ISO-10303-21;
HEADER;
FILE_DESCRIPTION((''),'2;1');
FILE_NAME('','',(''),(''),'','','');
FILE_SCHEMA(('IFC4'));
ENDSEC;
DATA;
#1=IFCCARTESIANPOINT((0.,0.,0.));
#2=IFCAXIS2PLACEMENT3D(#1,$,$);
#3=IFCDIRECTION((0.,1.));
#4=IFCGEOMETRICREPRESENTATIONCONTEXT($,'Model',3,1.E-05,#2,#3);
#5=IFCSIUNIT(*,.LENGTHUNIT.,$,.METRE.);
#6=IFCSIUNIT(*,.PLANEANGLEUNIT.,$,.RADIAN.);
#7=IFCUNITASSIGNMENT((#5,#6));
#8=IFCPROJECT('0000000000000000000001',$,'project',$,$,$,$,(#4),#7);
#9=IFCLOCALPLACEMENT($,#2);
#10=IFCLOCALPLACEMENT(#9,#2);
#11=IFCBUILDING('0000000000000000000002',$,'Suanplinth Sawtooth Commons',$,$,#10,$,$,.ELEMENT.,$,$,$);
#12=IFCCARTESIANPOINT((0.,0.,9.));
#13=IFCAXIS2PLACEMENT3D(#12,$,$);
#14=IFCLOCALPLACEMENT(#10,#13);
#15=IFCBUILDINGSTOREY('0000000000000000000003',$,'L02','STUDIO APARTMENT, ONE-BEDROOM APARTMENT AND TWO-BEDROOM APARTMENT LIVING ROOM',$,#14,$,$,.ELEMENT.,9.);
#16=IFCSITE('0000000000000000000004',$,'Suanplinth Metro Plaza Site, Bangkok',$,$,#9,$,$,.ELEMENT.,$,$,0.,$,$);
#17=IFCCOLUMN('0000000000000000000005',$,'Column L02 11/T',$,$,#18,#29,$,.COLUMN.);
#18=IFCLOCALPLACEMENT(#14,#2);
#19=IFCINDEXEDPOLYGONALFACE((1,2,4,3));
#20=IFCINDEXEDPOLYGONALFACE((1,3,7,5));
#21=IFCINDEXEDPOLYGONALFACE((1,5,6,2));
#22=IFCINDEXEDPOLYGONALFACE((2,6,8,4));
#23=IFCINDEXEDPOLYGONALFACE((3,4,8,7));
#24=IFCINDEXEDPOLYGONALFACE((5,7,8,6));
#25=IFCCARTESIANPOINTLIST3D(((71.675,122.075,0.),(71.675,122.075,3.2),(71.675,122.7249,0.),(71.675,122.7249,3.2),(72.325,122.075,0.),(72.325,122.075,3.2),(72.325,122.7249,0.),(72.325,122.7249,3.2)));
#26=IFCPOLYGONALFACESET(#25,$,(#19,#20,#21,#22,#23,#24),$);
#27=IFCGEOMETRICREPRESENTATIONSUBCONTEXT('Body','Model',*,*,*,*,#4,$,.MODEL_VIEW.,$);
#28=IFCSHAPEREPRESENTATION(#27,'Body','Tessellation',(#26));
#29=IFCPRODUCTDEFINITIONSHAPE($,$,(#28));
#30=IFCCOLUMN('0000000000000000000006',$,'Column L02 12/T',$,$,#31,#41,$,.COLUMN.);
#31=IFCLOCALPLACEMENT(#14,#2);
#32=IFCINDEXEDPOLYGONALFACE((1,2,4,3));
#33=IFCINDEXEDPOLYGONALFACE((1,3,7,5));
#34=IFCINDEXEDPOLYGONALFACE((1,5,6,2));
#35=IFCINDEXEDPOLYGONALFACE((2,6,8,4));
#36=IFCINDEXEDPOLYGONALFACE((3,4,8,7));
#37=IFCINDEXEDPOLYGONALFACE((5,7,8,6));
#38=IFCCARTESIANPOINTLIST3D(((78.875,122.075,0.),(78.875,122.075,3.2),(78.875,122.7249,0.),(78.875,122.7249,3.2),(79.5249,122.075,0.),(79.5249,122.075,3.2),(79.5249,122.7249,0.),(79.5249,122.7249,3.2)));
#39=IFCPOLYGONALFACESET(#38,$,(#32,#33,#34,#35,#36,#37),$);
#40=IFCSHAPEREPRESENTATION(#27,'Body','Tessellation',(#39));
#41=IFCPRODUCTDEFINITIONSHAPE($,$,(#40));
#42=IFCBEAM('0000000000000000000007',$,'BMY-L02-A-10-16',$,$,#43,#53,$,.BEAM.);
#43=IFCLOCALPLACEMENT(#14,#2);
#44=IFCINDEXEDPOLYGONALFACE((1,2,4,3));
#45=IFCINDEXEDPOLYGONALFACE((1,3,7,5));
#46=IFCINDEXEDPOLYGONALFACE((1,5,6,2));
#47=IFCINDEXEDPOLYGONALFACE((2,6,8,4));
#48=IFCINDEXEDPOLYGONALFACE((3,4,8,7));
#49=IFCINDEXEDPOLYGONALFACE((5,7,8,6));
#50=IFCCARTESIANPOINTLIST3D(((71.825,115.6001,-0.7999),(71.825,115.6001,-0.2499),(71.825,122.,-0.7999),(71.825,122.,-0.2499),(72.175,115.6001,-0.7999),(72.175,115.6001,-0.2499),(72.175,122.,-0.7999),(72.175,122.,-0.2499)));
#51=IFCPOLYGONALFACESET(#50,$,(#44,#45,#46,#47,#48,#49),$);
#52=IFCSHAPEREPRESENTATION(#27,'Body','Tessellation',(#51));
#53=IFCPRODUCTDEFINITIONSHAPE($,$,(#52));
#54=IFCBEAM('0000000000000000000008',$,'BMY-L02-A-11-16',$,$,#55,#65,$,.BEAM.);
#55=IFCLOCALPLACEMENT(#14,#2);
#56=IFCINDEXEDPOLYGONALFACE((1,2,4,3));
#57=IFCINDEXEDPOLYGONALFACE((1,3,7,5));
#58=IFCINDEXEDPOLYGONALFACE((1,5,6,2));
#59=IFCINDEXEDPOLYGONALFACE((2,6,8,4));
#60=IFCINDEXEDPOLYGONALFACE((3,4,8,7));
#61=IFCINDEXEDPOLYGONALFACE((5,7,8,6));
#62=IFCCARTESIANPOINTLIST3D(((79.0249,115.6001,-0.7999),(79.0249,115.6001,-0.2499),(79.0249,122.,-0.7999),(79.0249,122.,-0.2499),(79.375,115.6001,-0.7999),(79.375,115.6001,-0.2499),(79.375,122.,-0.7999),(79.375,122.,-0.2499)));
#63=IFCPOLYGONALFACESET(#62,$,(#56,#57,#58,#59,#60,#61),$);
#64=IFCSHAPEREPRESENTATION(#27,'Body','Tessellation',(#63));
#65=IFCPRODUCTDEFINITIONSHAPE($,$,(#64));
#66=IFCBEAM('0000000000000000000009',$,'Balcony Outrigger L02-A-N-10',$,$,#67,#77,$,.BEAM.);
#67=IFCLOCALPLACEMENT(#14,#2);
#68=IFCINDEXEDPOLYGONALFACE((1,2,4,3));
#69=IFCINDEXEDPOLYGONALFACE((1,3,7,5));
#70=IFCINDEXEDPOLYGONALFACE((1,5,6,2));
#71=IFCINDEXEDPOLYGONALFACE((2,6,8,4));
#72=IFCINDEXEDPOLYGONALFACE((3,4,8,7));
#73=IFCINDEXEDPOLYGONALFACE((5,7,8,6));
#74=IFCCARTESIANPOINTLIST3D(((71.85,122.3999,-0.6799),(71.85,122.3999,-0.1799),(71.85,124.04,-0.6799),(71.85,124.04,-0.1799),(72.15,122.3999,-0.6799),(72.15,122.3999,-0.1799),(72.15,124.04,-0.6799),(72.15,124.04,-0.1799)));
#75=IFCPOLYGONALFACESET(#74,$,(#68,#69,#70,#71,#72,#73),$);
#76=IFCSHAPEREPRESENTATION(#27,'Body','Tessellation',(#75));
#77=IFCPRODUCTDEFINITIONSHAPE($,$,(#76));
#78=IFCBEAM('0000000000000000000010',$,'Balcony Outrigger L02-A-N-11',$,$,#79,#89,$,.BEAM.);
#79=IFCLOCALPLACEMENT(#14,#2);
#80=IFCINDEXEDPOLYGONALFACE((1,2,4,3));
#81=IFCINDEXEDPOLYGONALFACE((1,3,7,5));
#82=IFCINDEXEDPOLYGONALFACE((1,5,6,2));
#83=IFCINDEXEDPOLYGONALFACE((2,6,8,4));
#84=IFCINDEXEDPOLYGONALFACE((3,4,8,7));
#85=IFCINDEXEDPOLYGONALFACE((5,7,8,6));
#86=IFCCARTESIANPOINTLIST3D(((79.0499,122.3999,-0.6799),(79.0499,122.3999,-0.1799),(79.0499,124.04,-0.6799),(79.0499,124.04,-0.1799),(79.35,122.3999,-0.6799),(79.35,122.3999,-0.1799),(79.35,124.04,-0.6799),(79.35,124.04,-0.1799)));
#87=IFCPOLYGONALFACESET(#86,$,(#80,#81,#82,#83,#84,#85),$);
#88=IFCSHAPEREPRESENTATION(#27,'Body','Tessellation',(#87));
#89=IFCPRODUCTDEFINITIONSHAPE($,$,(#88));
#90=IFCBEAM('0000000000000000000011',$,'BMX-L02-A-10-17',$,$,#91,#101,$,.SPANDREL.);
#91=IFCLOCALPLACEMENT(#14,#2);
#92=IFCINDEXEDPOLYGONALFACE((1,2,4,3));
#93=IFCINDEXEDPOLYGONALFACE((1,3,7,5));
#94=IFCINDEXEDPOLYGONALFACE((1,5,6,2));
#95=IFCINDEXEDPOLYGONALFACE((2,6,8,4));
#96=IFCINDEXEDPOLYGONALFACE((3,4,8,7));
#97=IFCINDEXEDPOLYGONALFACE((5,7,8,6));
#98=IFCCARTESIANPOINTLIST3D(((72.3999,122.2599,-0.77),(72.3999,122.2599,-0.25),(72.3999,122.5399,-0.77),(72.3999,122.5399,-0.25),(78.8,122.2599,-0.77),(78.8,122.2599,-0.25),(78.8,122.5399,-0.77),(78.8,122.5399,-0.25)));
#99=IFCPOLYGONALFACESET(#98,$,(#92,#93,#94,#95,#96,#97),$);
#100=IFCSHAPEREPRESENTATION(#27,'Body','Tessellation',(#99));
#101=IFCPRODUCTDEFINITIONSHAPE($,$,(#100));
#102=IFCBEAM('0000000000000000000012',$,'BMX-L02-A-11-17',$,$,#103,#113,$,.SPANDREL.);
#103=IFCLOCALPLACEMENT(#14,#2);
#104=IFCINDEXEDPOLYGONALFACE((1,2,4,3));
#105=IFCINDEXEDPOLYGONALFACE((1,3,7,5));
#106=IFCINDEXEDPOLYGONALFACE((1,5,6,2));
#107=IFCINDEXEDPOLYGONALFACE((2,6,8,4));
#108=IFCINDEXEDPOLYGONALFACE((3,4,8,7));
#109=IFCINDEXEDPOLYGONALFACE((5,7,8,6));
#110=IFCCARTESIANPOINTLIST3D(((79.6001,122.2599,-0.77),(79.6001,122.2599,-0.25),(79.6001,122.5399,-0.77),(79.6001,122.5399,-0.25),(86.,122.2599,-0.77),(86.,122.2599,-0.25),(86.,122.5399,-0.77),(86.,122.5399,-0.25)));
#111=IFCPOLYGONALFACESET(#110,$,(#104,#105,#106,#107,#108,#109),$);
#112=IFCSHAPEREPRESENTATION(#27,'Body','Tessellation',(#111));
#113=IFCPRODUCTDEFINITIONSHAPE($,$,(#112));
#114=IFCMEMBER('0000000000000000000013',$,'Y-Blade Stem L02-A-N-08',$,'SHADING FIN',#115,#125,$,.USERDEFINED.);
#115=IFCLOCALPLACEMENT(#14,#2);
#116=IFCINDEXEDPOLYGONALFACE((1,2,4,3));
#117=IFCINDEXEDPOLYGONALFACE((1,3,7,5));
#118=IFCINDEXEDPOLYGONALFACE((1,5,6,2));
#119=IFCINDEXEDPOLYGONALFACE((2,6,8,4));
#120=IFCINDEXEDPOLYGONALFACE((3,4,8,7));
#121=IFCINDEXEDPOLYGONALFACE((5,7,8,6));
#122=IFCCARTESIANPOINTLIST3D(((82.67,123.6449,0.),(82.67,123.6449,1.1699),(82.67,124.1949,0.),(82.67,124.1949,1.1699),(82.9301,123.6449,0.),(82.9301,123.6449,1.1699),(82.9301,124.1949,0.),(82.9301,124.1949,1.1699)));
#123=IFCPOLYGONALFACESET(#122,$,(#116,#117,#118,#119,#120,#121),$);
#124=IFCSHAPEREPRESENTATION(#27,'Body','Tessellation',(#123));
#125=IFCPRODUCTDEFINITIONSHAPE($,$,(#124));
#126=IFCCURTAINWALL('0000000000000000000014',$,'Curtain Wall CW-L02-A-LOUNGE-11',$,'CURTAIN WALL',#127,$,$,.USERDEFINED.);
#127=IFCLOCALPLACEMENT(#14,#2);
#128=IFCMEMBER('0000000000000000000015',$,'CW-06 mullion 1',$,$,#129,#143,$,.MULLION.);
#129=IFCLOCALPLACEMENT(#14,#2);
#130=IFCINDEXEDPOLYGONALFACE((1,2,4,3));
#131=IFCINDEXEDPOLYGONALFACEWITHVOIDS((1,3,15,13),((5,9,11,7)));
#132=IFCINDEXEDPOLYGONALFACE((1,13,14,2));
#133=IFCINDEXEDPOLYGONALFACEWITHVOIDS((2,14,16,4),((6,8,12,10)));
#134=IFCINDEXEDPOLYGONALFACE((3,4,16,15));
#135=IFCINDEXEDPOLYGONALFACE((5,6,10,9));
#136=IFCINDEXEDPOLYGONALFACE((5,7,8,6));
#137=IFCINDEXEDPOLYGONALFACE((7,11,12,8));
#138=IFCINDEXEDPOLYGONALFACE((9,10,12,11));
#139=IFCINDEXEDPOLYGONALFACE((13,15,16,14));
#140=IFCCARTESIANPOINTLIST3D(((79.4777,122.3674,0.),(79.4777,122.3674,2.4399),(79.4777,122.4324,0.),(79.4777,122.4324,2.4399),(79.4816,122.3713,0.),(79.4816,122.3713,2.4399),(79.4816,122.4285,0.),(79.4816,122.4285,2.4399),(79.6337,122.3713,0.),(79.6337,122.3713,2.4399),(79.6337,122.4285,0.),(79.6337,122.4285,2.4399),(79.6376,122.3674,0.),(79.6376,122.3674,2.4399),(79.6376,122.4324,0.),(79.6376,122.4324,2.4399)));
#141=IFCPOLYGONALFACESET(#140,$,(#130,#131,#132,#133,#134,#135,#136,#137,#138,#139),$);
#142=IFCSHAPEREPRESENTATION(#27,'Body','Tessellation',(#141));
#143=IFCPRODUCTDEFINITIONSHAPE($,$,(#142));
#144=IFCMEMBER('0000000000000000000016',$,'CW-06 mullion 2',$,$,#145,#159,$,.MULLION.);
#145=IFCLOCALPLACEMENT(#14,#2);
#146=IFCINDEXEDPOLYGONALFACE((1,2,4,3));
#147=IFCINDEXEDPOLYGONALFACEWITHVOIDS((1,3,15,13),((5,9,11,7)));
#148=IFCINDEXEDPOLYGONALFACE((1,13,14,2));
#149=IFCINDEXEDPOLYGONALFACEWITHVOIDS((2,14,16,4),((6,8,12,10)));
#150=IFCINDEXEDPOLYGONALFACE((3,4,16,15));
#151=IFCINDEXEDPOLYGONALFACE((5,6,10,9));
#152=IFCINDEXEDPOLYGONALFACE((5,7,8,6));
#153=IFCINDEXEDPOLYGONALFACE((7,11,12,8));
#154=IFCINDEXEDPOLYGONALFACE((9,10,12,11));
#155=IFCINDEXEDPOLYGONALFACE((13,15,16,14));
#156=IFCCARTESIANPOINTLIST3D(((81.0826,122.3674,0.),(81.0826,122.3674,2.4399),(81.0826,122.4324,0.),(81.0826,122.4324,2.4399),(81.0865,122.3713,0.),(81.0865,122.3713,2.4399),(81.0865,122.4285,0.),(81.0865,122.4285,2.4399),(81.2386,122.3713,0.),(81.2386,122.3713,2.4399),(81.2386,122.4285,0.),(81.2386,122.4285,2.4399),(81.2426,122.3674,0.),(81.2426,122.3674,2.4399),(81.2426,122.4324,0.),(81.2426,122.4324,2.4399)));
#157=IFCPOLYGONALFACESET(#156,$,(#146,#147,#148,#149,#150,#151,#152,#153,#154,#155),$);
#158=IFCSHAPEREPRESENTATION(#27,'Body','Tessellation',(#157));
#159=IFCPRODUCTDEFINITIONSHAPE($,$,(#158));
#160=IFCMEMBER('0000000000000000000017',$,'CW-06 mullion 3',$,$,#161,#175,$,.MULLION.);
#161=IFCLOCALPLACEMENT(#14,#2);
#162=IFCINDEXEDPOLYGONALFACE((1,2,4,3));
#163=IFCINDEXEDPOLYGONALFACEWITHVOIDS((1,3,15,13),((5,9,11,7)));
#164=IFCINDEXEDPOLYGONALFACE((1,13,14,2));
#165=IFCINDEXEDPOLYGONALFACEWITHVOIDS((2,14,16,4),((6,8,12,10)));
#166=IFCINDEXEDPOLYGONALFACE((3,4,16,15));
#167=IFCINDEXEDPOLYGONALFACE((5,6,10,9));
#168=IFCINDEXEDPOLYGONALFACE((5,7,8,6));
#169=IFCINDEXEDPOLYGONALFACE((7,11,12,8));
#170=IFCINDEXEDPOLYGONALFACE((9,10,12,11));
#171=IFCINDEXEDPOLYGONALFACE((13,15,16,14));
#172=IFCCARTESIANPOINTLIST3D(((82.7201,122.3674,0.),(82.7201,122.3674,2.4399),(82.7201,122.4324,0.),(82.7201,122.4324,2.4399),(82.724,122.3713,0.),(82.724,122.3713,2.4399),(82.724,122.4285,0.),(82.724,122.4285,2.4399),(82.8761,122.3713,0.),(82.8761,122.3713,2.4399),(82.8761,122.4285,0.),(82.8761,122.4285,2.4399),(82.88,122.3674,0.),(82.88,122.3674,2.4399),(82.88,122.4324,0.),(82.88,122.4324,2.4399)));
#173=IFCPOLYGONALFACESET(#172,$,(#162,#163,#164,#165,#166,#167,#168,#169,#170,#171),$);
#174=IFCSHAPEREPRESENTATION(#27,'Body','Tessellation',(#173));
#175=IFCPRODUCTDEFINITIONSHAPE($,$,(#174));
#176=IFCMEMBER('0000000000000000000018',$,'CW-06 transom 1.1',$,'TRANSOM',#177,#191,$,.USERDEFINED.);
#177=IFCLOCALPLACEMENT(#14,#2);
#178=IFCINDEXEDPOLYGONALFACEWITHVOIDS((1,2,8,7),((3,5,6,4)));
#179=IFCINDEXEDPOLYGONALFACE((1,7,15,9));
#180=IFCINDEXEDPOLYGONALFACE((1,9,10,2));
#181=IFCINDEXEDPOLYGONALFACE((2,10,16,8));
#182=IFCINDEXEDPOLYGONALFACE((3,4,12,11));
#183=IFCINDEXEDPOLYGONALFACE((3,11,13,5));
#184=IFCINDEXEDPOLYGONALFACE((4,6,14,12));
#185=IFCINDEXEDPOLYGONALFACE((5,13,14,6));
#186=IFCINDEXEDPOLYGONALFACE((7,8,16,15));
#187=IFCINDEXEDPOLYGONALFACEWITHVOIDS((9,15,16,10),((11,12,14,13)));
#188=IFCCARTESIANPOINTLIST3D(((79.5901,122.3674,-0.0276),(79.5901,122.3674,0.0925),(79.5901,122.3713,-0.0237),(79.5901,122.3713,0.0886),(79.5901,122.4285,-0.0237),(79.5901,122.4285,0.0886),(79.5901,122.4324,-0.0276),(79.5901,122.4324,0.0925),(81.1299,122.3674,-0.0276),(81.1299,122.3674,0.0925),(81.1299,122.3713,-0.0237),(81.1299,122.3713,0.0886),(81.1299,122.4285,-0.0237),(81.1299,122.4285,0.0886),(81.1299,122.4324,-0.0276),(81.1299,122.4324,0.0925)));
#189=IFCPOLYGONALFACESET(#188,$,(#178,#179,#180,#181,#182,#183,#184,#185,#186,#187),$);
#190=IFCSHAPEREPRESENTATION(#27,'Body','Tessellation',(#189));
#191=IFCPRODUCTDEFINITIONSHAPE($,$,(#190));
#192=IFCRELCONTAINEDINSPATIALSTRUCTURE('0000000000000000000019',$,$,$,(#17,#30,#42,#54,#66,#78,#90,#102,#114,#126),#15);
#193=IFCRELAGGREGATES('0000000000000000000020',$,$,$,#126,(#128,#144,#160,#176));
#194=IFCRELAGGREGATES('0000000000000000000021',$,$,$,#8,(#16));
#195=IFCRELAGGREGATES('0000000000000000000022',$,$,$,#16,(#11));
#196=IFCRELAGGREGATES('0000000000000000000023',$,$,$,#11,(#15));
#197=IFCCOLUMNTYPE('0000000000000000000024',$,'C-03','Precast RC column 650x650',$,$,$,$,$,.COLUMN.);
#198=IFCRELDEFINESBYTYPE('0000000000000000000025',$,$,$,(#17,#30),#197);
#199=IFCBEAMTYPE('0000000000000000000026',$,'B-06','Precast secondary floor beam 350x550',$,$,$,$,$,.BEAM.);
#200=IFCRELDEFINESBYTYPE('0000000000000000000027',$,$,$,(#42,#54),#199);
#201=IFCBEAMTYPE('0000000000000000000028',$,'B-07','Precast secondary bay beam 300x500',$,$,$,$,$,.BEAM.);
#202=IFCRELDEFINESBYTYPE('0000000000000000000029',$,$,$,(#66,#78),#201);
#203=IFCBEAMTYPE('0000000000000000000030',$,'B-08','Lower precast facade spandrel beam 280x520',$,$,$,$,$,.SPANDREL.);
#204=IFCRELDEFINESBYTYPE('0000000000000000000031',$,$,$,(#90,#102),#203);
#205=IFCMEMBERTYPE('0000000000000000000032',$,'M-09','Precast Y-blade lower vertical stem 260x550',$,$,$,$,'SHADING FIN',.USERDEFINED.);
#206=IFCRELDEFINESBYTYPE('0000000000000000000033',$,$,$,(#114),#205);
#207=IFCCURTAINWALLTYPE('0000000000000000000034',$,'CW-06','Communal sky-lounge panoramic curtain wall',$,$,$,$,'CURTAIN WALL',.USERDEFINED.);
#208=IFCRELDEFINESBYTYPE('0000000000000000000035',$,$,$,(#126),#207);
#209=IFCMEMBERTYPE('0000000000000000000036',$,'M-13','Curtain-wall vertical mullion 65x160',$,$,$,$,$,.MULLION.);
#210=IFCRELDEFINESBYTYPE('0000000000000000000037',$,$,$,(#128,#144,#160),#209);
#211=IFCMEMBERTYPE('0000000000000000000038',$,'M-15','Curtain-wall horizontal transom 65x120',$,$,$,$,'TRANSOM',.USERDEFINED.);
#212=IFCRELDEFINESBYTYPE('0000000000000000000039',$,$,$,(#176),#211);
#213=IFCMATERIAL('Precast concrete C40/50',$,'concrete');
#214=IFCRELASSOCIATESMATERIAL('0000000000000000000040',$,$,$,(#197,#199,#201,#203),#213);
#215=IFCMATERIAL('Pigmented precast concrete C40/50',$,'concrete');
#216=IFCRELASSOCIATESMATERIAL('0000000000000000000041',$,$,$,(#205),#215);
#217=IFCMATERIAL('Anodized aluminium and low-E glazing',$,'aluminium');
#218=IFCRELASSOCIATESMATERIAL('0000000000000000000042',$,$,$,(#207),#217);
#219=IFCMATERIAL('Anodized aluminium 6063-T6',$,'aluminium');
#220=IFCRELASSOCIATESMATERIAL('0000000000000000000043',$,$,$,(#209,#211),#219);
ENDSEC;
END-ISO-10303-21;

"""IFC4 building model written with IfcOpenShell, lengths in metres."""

from ifc_helpers import new_model, si_unit, direction, frame, origin, origin_2d, place, context, subcontext, project, spatial, rectangle, hollow_rectangle, extrude, material, material_profile, profile_set, type_object, element, aggregate, save


model = new_model("IFC4")

# Units and contexts
model_context = context("Model", 3, precision=1e-05, world=origin(), true_north=direction((0.0, 1.0)))
body_context = subcontext(model_context, "Body", "Model", "MODEL_VIEW")
ifc_project = project(units=[si_unit("LENGTHUNIT", "METRE"), si_unit("PLANEANGLEUNIT", "RADIAN")], contexts=[model_context])

# Site, building, storey
site_placement = place(None, origin())
site = spatial("IfcSite", under=ifc_project, at=site_placement, Name="Suanplinth Metro Plaza Site, Bangkok", CompositionType="ELEMENT", RefElevation=0.0)
building_placement = place(site_placement, origin())
building = spatial("IfcBuilding", under=site, at=building_placement, Name="Suanplinth Sawtooth Commons", CompositionType="ELEMENT")
storey_placement = place(building_placement, frame((0.0, 0.0, 9.0)))
storey = spatial("IfcBuildingStorey", under=building, at=storey_placement, Name="L02", Description="STUDIO APARTMENT, ONE-BEDROOM APARTMENT AND TWO-BEDROOM APARTMENT LIVING ROOM", CompositionType="ELEMENT", Elevation=9.0)

# Columns
ifc_material_1 = material(Name="Precast concrete C40/50", Category="concrete")
ifc_material_profile_1 = material_profile(ifc_material_1, rectangle(XDim=0.6499, YDim=0.6499, at=origin_2d()), Name="PC-COL 650x650")
ifc_profile_set_1 = profile_set([ifc_material_profile_1], Name="Precast concrete C40/50")
column_type = type_object("IfcColumnType", Name="C-03", Description="Precast RC column 650x650", PredefinedType="COLUMN", material=ifc_profile_set_1)
for number, where, z_axis, x_axis, name in (
    (1, (72.0, 122.3999, 0.0), (0.0, 0.0, 1.0), (1.0, 0.0, 0.0), "Column L02 11/T"),
    (2, (79.2, 122.3999, 0.0), (0.0, 0.0, 1.0), (1.0, 0.0, 0.0), "Column L02 12/T"),
):
    element("IfcColumn", number, at=place(storey_placement, frame(where, z_axis=z_axis, x_axis=x_axis)), inside=storey, type_object=column_type, Name=name, PredefinedType="COLUMN", context=body_context, shape_type="SweptSolid", body=[
        extrude(rectangle(XDim=0.6499, YDim=0.6499, at=origin_2d()), origin(), (0.0, 0.0, 1.0), 3.2),
    ])

# Beams
ifc_material_profile_2 = material_profile(ifc_material_1, rectangle(XDim=0.3501, YDim=0.55, at=origin_2d()), Name="PC-BM 350x550")
ifc_profile_set_2 = profile_set([ifc_material_profile_2], Name="Precast concrete C40/50")
beam_type_1 = type_object("IfcBeamType", Name="B-06", Description="Precast secondary floor beam 350x550", PredefinedType="BEAM", material=ifc_profile_set_2)
for number, where, z_axis, x_axis, name in (
    (3, (72.0, 115.6001, -0.5249), (0.0, 1.0, 0.0), (-1.0, 0.0, 0.0), "BMY-L02-A-10-16"),
    (4, (79.2, 115.6001, -0.5249), (0.0, 1.0, 0.0), (-1.0, 0.0, 0.0), "BMY-L02-A-11-16"),
):
    element("IfcBeam", number, at=place(storey_placement, frame(where, z_axis=z_axis, x_axis=x_axis)), inside=storey, type_object=beam_type_1, Name=name, PredefinedType="BEAM", context=body_context, shape_type="SweptSolid", body=[
        extrude(rectangle(XDim=0.3501, YDim=0.55, at=origin_2d()), origin(), (0.0, 0.0, 1.0), 6.3999),
    ])
ifc_material_profile_3 = material_profile(ifc_material_1, rectangle(XDim=0.3, YDim=0.5, at=origin_2d()), Name="PC-BM 300x500")
ifc_profile_set_3 = profile_set([ifc_material_profile_3], Name="Precast concrete C40/50")
beam_type_2 = type_object("IfcBeamType", Name="B-07", Description="Precast secondary bay beam 300x500", PredefinedType="BEAM", material=ifc_profile_set_3)
for number, where, z_axis, x_axis, name in (
    (5, (72.0, 122.3999, -0.4299), (0.0, 1.0, 0.0), (-1.0, 0.0, 0.0), "Balcony Outrigger L02-A-N-10"),
    (6, (79.2, 122.3999, -0.4299), (0.0, 1.0, 0.0), (-1.0, 0.0, 0.0), "Balcony Outrigger L02-A-N-11"),
):
    element("IfcBeam", number, at=place(storey_placement, frame(where, z_axis=z_axis, x_axis=x_axis)), inside=storey, type_object=beam_type_2, Name=name, PredefinedType="BEAM", context=body_context, shape_type="SweptSolid", body=[
        extrude(rectangle(XDim=0.3, YDim=0.5, at=origin_2d()), origin(), (0.0, 0.0, 1.0), 1.6401),
    ])
ifc_material_profile_4 = material_profile(ifc_material_1, rectangle(XDim=0.28, YDim=0.52, at=origin_2d()), Name="PC-SP 280x520")
ifc_profile_set_4 = profile_set([ifc_material_profile_4], Name="Precast concrete C40/50")
beam_type_3 = type_object("IfcBeamType", Name="B-08", Description="Lower precast facade spandrel beam 280x520", PredefinedType="SPANDREL", material=ifc_profile_set_4)
beam_1_placement = place(storey_placement, frame((72.3999, 122.3999, -0.51), z_axis=(1.0, 0.0, 0.0), x_axis=(0.0, 1.0, 0.0)))
element("IfcBeam", 7, at=beam_1_placement, inside=storey, type_object=beam_type_3, Name="BMX-L02-A-10-17", PredefinedType="SPANDREL", context=body_context, shape_type="SweptSolid", body=[
    extrude(rectangle(XDim=0.28, YDim=0.52, at=origin_2d()), origin(), (0.0, 0.0, 1.0), 6.4001),
])
beam_2_placement = place(storey_placement, frame((79.6001, 122.3999, -0.51), z_axis=(1.0, 0.0, 0.0), x_axis=(0.0, 1.0, 0.0)))
element("IfcBeam", 8, at=beam_2_placement, inside=storey, type_object=beam_type_3, Name="BMX-L02-A-11-17", PredefinedType="SPANDREL", context=body_context, shape_type="SweptSolid", body=[
    extrude(rectangle(XDim=0.28, YDim=0.52, at=origin_2d()), origin(), (0.0, 0.0, 1.0), 6.3999),
])

# Member
ifc_material_2 = material(Name="Pigmented precast concrete C40/50", Category="concrete")
ifc_material_profile_5 = material_profile(ifc_material_2, rectangle(XDim=0.26, YDim=0.55, at=origin_2d()), Name="PC-FIN 260x550")
ifc_profile_set_5 = profile_set([ifc_material_profile_5], Name="Pigmented precast concrete C40/50")
member_type_1 = type_object("IfcMemberType", Name="M-09", Description="Precast Y-blade lower vertical stem 260x550", ElementType="SHADING FIN", PredefinedType="USERDEFINED", material=ifc_profile_set_5)
member_1_placement = place(storey_placement, frame((82.8, 123.9199, 0.0), z_axis=(0.0, 0.0, 1.0), x_axis=(1.0, 0.0, 0.0)))
element("IfcMember", 9, at=member_1_placement, inside=storey, type_object=member_type_1, Name="Y-Blade Stem L02-A-N-08", ObjectType="SHADING FIN", PredefinedType="USERDEFINED", context=body_context, shape_type="SweptSolid", body=[
    extrude(rectangle(XDim=0.26, YDim=0.55, at=origin_2d()), origin(), (0.0, 0.0, 1.0), 1.1699),
])

# Curtain wall, members
ifc_material_3 = material(Name="Anodized aluminium and low-E glazing", Category="aluminium")
curtain_wall_type = type_object("IfcCurtainWallType", Name="CW-06", Description="Communal sky-lounge panoramic curtain wall", ElementType="CURTAIN WALL", PredefinedType="USERDEFINED", material=ifc_material_3)
curtain_wall_placement = place(storey_placement, origin())
curtain_wall = element("IfcCurtainWall", 10, at=curtain_wall_placement, inside=storey, type_object=curtain_wall_type, Name="Curtain Wall CW-L02-A-LOUNGE-11", ObjectType="CURTAIN WALL", PredefinedType="USERDEFINED")
ifc_material_4 = material(Name="Anodized aluminium 6063-T6", Category="aluminium")
ifc_material_profile_6 = material_profile(ifc_material_4, hollow_rectangle(XDim=0.0649, YDim=0.1599, WallThickness=0.0039, at=origin_2d()), Name="ALU-MUL 65x160")
ifc_profile_set_6 = profile_set([ifc_material_profile_6], Name="Anodized aluminium 6063-T6")
member_type_2 = type_object("IfcMemberType", Name="M-13", Description="Curtain-wall vertical mullion 65x160", PredefinedType="MULLION", material=ifc_profile_set_6)
member_2_placement = place(storey_placement, frame((79.5576, 122.3999, 0.0), z_axis=(0.0, 0.0, 1.0), x_axis=(0.0, 1.0, 0.0)))
member_2 = element("IfcMember", 11, at=member_2_placement, type_object=member_type_2, Name="CW-06 mullion 1", PredefinedType="MULLION", context=body_context, shape_type="SweptSolid", body=[
    extrude(hollow_rectangle(XDim=0.0649, YDim=0.1599, WallThickness=0.0039, at=origin_2d()), origin(), (0.0, 0.0, 1.0), 2.4399),
])
member_3_placement = place(storey_placement, frame((81.1626, 122.3999, 0.0), z_axis=(0.0, 0.0, 1.0), x_axis=(0.0, 1.0, 0.0)))
member_3 = element("IfcMember", 12, at=member_3_placement, type_object=member_type_2, Name="CW-06 mullion 2", PredefinedType="MULLION", context=body_context, shape_type="SweptSolid", body=[
    extrude(hollow_rectangle(XDim=0.0649, YDim=0.1599, WallThickness=0.0039, at=origin_2d()), origin(), (0.0, 0.0, 1.0), 2.4399),
])
member_4_placement = place(storey_placement, frame((82.8, 122.3999, 0.0), z_axis=(0.0, 0.0, 1.0), x_axis=(0.0, 1.0, 0.0)))
member_4 = element("IfcMember", 13, at=member_4_placement, type_object=member_type_2, Name="CW-06 mullion 3", PredefinedType="MULLION", context=body_context, shape_type="SweptSolid", body=[
    extrude(hollow_rectangle(XDim=0.0649, YDim=0.1599, WallThickness=0.0039, at=origin_2d()), origin(), (0.0, 0.0, 1.0), 2.4399),
])
ifc_material_profile_7 = material_profile(ifc_material_4, hollow_rectangle(XDim=0.0649, YDim=0.1201, WallThickness=0.0039, at=origin_2d()), Name="ALU-TRN 65x120")
ifc_profile_set_7 = profile_set([ifc_material_profile_7], Name="Anodized aluminium 6063-T6")
member_type_3 = type_object("IfcMemberType", Name="M-15", Description="Curtain-wall horizontal transom 65x120", ElementType="TRANSOM", PredefinedType="USERDEFINED", material=ifc_profile_set_7)
member_5_placement = place(storey_placement, frame((79.5901, 122.3999, 0.0325), z_axis=(1.0, 0.0, 0.0), x_axis=(0.0, 1.0, 0.0)))
member_5 = element("IfcMember", 14, at=member_5_placement, type_object=member_type_3, Name="CW-06 transom 1.1", ObjectType="TRANSOM", PredefinedType="USERDEFINED", context=body_context, shape_type="SweptSolid", body=[
    extrude(hollow_rectangle(XDim=0.0649, YDim=0.1201, WallThickness=0.0039, at=origin_2d()), origin(), (0.0, 0.0, 1.0), 1.5398),
])

aggregate(curtain_wall, [member_2, member_3, member_4, member_5])

save(model, "model.ifc")
